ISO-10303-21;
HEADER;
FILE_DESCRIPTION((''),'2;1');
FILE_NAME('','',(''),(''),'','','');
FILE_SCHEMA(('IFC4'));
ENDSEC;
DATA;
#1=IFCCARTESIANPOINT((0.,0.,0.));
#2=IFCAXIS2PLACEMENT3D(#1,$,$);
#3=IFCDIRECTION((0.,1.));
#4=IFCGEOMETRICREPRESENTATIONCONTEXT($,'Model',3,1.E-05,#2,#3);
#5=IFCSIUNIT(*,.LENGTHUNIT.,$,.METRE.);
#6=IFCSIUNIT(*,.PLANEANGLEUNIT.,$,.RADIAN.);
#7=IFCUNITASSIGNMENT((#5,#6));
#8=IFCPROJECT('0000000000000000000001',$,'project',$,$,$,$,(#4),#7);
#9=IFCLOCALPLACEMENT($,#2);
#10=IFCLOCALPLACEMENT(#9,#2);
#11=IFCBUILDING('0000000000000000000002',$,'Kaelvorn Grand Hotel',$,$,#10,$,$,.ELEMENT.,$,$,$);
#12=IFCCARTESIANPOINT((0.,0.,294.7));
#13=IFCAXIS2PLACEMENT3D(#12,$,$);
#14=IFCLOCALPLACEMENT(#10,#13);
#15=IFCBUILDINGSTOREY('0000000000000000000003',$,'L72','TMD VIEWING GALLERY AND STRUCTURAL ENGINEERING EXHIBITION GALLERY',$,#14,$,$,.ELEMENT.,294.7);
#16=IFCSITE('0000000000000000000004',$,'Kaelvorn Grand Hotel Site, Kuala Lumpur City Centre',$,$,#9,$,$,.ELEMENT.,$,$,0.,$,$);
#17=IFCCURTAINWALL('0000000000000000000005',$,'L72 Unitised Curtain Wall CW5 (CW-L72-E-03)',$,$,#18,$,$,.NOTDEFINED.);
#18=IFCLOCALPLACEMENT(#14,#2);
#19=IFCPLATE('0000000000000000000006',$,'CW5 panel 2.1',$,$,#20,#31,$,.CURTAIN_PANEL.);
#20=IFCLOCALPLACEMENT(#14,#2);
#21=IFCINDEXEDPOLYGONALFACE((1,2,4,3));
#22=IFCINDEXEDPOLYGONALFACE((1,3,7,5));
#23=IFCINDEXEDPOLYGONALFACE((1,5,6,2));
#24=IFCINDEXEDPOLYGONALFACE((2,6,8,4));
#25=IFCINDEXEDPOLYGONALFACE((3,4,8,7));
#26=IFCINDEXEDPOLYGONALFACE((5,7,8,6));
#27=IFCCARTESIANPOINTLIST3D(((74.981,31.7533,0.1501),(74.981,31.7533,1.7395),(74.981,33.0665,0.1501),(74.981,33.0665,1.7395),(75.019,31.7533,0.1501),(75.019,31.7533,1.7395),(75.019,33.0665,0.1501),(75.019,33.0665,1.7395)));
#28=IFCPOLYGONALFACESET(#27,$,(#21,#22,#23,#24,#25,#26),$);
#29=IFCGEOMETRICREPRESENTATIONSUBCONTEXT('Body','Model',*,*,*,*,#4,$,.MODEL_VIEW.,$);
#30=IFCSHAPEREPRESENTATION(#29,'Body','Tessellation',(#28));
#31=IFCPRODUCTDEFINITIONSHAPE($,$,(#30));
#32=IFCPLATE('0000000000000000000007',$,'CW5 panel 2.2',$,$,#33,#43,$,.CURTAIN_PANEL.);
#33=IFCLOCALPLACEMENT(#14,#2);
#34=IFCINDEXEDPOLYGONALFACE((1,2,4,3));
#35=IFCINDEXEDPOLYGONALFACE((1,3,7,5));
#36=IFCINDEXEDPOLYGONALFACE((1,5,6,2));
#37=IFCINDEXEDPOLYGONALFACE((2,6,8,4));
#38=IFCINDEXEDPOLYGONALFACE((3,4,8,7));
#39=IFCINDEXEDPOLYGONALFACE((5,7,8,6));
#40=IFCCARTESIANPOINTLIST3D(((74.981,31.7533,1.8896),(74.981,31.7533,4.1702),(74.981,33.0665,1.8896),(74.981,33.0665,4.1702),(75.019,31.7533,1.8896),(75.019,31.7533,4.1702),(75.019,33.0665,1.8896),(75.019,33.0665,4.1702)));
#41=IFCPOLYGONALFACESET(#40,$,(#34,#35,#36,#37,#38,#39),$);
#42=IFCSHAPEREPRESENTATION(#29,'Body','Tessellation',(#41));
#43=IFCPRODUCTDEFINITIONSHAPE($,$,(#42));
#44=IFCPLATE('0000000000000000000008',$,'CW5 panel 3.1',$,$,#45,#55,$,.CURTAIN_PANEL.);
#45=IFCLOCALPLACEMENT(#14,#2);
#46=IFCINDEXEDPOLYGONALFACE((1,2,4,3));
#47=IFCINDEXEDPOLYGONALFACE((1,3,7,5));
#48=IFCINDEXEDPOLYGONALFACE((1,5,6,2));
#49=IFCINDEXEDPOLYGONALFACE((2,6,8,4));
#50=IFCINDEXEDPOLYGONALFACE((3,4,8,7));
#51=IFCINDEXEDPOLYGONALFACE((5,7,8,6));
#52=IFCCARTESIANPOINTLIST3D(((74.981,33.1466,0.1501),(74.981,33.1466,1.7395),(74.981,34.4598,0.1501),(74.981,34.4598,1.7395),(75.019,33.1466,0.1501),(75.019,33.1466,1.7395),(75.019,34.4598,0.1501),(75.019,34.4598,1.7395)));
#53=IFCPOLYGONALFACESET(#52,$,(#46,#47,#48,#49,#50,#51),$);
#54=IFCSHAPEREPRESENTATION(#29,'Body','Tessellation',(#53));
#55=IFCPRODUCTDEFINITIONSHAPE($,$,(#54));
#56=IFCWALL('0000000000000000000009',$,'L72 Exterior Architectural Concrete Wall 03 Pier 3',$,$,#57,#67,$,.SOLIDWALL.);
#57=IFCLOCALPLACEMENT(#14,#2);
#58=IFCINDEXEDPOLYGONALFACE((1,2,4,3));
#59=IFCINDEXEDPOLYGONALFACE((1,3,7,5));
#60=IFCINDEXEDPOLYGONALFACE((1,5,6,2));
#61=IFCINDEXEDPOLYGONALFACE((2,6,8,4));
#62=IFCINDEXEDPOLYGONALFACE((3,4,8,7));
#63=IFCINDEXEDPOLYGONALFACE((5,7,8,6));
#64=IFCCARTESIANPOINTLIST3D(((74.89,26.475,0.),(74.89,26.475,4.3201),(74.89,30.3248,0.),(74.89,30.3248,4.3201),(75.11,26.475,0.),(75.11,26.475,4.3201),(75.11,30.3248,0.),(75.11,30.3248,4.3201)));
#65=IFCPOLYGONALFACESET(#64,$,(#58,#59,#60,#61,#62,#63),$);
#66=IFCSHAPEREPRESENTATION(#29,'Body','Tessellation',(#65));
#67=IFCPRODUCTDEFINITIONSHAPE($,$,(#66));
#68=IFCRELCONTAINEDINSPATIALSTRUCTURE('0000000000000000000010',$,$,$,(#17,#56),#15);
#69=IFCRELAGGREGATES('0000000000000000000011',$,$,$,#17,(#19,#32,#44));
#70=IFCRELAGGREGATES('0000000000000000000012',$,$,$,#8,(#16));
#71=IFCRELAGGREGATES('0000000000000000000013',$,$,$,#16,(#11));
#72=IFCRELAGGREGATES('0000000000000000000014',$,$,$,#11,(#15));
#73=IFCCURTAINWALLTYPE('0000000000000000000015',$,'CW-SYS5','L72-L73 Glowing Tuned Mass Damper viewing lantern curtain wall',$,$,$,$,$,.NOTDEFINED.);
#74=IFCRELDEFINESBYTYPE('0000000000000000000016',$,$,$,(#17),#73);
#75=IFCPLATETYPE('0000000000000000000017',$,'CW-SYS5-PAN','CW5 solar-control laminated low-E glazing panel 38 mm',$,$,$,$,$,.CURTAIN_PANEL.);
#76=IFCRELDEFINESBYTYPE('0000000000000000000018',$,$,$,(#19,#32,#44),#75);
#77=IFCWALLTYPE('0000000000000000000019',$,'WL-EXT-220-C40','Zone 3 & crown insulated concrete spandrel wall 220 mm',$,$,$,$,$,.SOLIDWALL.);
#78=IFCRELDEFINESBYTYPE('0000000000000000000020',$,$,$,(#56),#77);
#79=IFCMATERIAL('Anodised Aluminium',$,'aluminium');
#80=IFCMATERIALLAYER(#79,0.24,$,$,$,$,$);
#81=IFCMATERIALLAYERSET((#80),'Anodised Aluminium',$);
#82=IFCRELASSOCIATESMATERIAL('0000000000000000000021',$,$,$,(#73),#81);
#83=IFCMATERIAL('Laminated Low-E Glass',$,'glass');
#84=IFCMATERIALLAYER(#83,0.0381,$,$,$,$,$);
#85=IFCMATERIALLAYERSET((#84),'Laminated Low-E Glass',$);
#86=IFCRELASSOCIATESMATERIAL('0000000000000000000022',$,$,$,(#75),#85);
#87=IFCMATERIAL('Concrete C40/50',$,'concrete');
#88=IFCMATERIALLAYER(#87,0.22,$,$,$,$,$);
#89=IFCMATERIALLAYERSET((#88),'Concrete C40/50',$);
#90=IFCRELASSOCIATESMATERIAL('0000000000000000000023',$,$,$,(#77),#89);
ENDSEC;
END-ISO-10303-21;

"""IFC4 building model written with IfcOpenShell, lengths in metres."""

from ifc_helpers import new_model, si_unit, direction, frame, frame_2d, origin, origin_2d, place, context, subcontext, project, spatial, rectangle, extrude, material, layer, layer_set, type_object, element, aggregate, save


model = new_model("IFC4")

# Units and contexts
model_context = context("Model", 3, precision=1e-05, world=origin(), true_north=direction((0.0, 1.0)))
body_context = subcontext(model_context, "Body", "Model", "MODEL_VIEW")
ifc_project = project(units=[si_unit("LENGTHUNIT", "METRE"), si_unit("PLANEANGLEUNIT", "RADIAN")], contexts=[model_context])

# Site, building, storey
site_placement = place(None, origin())
site = spatial("IfcSite", under=ifc_project, at=site_placement, Name="Kaelvorn Grand Hotel Site, Kuala Lumpur City Centre", CompositionType="ELEMENT", RefElevation=0.0)
building_placement = place(site_placement, origin())
building = spatial("IfcBuilding", under=site, at=building_placement, Name="Kaelvorn Grand Hotel", CompositionType="ELEMENT")
storey_placement = place(building_placement, frame((0.0, 0.0, 294.7)))
storey = spatial("IfcBuildingStorey", under=building, at=storey_placement, Name="L72", Description="TMD VIEWING GALLERY AND STRUCTURAL ENGINEERING EXHIBITION GALLERY", CompositionType="ELEMENT", Elevation=294.7)

# Shared definitions
ifc_material_1 = material(Name="Anodised Aluminium", Category="aluminium")
ifc_layer_1 = layer(ifc_material_1, 0.24)
ifc_layer_set_1 = layer_set([ifc_layer_1], Name="Anodised Aluminium")
curtain_wall_type = type_object("IfcCurtainWallType", Name="CW-SYS5", Description="L72-L73 Glowing Tuned Mass Damper viewing lantern curtain wall", PredefinedType="NOTDEFINED", material=ifc_layer_set_1)

# Curtain wall
curtain_wall_1_placement = place(storey_placement, origin())
curtain_wall_1 = element("IfcCurtainWall", 1, at=curtain_wall_1_placement, inside=storey, type_object=curtain_wall_type, Name="L72 Unitised Curtain Wall CW5 (CW-L72-E-03)", PredefinedType="NOTDEFINED")

# Plates
ifc_material_2 = material(Name="Laminated Low-E Glass", Category="glass")
ifc_layer_2 = layer(ifc_material_2, 0.0381)
ifc_layer_set_2 = layer_set([ifc_layer_2], Name="Laminated Low-E Glass")
plate_type = type_object("IfcPlateType", Name="CW-SYS5-PAN", Description="CW5 solar-control laminated low-E glazing panel 38 mm", PredefinedType="CURTAIN_PANEL", material=ifc_layer_set_2)
plate_1_placement = place(storey_placement, frame((75.0, 32.4099, 0.1501), z_axis=(0.0, 0.0, 1.0), x_axis=(0.0, 1.0, 0.0)))
plate_1 = element("IfcPlate", 2, at=plate_1_placement, type_object=plate_type, Name="CW5 panel 2.1", PredefinedType="CURTAIN_PANEL", context=body_context, shape_type="SweptSolid", body=[
    extrude(rectangle(XDim=1.3132, YDim=0.0381, at=origin_2d()), origin(), (0.0, 0.0, 1.0), 1.5894),
])
plate_2_placement = place(storey_placement, frame((75.0, 32.4099, 1.8896), z_axis=(0.0, 0.0, 1.0), x_axis=(0.0, 1.0, 0.0)))
plate_2 = element("IfcPlate", 3, at=plate_2_placement, type_object=plate_type, Name="CW5 panel 2.2", PredefinedType="CURTAIN_PANEL", context=body_context, shape_type="SweptSolid", body=[
    extrude(rectangle(XDim=1.3132, YDim=0.0381, at=origin_2d()), origin(), (0.0, 0.0, 1.0), 2.2805),
])
plate_3_placement = place(storey_placement, frame((75.0, 33.8032, 0.1501), z_axis=(0.0, 0.0, 1.0), x_axis=(0.0, 1.0, 0.0)))
plate_3 = element("IfcPlate", 4, at=plate_3_placement, type_object=plate_type, Name="CW5 panel 3.1", PredefinedType="CURTAIN_PANEL", context=body_context, shape_type="SweptSolid", body=[
    extrude(rectangle(XDim=1.3132, YDim=0.0381, at=origin_2d()), origin(), (0.0, 0.0, 1.0), 1.5894),
])
aggregate(curtain_wall_1, [plate_1, plate_2, plate_3])

# Wall
ifc_material_3 = material(Name="Concrete C40/50", Category="concrete")
ifc_layer_3 = layer(ifc_material_3, 0.22)
ifc_layer_set_3 = layer_set([ifc_layer_3], Name="Concrete C40/50")
wall_type = type_object("IfcWallType", Name="WL-EXT-220-C40", Description="Zone 3 & crown insulated concrete spandrel wall 220 mm", PredefinedType="SOLIDWALL", material=ifc_layer_set_3)
wall_placement = place(storey_placement, frame((75.0, 26.4751, 0.0), z_axis=(0.0, 0.0, 1.0), x_axis=(0.0, 1.0, 0.0)))
element("IfcWall", 5, at=wall_placement, inside=storey, type_object=wall_type, Name="L72 Exterior Architectural Concrete Wall 03 Pier 3", PredefinedType="SOLIDWALL", context=body_context, shape_type="SweptSolid", body=[
    extrude(rectangle(XDim=3.8499, YDim=0.22, at=frame_2d((1.9248, 0.0))), origin(), (0.0, 0.0, 1.0), 4.3201),
])

save(model, "model.ifc")
